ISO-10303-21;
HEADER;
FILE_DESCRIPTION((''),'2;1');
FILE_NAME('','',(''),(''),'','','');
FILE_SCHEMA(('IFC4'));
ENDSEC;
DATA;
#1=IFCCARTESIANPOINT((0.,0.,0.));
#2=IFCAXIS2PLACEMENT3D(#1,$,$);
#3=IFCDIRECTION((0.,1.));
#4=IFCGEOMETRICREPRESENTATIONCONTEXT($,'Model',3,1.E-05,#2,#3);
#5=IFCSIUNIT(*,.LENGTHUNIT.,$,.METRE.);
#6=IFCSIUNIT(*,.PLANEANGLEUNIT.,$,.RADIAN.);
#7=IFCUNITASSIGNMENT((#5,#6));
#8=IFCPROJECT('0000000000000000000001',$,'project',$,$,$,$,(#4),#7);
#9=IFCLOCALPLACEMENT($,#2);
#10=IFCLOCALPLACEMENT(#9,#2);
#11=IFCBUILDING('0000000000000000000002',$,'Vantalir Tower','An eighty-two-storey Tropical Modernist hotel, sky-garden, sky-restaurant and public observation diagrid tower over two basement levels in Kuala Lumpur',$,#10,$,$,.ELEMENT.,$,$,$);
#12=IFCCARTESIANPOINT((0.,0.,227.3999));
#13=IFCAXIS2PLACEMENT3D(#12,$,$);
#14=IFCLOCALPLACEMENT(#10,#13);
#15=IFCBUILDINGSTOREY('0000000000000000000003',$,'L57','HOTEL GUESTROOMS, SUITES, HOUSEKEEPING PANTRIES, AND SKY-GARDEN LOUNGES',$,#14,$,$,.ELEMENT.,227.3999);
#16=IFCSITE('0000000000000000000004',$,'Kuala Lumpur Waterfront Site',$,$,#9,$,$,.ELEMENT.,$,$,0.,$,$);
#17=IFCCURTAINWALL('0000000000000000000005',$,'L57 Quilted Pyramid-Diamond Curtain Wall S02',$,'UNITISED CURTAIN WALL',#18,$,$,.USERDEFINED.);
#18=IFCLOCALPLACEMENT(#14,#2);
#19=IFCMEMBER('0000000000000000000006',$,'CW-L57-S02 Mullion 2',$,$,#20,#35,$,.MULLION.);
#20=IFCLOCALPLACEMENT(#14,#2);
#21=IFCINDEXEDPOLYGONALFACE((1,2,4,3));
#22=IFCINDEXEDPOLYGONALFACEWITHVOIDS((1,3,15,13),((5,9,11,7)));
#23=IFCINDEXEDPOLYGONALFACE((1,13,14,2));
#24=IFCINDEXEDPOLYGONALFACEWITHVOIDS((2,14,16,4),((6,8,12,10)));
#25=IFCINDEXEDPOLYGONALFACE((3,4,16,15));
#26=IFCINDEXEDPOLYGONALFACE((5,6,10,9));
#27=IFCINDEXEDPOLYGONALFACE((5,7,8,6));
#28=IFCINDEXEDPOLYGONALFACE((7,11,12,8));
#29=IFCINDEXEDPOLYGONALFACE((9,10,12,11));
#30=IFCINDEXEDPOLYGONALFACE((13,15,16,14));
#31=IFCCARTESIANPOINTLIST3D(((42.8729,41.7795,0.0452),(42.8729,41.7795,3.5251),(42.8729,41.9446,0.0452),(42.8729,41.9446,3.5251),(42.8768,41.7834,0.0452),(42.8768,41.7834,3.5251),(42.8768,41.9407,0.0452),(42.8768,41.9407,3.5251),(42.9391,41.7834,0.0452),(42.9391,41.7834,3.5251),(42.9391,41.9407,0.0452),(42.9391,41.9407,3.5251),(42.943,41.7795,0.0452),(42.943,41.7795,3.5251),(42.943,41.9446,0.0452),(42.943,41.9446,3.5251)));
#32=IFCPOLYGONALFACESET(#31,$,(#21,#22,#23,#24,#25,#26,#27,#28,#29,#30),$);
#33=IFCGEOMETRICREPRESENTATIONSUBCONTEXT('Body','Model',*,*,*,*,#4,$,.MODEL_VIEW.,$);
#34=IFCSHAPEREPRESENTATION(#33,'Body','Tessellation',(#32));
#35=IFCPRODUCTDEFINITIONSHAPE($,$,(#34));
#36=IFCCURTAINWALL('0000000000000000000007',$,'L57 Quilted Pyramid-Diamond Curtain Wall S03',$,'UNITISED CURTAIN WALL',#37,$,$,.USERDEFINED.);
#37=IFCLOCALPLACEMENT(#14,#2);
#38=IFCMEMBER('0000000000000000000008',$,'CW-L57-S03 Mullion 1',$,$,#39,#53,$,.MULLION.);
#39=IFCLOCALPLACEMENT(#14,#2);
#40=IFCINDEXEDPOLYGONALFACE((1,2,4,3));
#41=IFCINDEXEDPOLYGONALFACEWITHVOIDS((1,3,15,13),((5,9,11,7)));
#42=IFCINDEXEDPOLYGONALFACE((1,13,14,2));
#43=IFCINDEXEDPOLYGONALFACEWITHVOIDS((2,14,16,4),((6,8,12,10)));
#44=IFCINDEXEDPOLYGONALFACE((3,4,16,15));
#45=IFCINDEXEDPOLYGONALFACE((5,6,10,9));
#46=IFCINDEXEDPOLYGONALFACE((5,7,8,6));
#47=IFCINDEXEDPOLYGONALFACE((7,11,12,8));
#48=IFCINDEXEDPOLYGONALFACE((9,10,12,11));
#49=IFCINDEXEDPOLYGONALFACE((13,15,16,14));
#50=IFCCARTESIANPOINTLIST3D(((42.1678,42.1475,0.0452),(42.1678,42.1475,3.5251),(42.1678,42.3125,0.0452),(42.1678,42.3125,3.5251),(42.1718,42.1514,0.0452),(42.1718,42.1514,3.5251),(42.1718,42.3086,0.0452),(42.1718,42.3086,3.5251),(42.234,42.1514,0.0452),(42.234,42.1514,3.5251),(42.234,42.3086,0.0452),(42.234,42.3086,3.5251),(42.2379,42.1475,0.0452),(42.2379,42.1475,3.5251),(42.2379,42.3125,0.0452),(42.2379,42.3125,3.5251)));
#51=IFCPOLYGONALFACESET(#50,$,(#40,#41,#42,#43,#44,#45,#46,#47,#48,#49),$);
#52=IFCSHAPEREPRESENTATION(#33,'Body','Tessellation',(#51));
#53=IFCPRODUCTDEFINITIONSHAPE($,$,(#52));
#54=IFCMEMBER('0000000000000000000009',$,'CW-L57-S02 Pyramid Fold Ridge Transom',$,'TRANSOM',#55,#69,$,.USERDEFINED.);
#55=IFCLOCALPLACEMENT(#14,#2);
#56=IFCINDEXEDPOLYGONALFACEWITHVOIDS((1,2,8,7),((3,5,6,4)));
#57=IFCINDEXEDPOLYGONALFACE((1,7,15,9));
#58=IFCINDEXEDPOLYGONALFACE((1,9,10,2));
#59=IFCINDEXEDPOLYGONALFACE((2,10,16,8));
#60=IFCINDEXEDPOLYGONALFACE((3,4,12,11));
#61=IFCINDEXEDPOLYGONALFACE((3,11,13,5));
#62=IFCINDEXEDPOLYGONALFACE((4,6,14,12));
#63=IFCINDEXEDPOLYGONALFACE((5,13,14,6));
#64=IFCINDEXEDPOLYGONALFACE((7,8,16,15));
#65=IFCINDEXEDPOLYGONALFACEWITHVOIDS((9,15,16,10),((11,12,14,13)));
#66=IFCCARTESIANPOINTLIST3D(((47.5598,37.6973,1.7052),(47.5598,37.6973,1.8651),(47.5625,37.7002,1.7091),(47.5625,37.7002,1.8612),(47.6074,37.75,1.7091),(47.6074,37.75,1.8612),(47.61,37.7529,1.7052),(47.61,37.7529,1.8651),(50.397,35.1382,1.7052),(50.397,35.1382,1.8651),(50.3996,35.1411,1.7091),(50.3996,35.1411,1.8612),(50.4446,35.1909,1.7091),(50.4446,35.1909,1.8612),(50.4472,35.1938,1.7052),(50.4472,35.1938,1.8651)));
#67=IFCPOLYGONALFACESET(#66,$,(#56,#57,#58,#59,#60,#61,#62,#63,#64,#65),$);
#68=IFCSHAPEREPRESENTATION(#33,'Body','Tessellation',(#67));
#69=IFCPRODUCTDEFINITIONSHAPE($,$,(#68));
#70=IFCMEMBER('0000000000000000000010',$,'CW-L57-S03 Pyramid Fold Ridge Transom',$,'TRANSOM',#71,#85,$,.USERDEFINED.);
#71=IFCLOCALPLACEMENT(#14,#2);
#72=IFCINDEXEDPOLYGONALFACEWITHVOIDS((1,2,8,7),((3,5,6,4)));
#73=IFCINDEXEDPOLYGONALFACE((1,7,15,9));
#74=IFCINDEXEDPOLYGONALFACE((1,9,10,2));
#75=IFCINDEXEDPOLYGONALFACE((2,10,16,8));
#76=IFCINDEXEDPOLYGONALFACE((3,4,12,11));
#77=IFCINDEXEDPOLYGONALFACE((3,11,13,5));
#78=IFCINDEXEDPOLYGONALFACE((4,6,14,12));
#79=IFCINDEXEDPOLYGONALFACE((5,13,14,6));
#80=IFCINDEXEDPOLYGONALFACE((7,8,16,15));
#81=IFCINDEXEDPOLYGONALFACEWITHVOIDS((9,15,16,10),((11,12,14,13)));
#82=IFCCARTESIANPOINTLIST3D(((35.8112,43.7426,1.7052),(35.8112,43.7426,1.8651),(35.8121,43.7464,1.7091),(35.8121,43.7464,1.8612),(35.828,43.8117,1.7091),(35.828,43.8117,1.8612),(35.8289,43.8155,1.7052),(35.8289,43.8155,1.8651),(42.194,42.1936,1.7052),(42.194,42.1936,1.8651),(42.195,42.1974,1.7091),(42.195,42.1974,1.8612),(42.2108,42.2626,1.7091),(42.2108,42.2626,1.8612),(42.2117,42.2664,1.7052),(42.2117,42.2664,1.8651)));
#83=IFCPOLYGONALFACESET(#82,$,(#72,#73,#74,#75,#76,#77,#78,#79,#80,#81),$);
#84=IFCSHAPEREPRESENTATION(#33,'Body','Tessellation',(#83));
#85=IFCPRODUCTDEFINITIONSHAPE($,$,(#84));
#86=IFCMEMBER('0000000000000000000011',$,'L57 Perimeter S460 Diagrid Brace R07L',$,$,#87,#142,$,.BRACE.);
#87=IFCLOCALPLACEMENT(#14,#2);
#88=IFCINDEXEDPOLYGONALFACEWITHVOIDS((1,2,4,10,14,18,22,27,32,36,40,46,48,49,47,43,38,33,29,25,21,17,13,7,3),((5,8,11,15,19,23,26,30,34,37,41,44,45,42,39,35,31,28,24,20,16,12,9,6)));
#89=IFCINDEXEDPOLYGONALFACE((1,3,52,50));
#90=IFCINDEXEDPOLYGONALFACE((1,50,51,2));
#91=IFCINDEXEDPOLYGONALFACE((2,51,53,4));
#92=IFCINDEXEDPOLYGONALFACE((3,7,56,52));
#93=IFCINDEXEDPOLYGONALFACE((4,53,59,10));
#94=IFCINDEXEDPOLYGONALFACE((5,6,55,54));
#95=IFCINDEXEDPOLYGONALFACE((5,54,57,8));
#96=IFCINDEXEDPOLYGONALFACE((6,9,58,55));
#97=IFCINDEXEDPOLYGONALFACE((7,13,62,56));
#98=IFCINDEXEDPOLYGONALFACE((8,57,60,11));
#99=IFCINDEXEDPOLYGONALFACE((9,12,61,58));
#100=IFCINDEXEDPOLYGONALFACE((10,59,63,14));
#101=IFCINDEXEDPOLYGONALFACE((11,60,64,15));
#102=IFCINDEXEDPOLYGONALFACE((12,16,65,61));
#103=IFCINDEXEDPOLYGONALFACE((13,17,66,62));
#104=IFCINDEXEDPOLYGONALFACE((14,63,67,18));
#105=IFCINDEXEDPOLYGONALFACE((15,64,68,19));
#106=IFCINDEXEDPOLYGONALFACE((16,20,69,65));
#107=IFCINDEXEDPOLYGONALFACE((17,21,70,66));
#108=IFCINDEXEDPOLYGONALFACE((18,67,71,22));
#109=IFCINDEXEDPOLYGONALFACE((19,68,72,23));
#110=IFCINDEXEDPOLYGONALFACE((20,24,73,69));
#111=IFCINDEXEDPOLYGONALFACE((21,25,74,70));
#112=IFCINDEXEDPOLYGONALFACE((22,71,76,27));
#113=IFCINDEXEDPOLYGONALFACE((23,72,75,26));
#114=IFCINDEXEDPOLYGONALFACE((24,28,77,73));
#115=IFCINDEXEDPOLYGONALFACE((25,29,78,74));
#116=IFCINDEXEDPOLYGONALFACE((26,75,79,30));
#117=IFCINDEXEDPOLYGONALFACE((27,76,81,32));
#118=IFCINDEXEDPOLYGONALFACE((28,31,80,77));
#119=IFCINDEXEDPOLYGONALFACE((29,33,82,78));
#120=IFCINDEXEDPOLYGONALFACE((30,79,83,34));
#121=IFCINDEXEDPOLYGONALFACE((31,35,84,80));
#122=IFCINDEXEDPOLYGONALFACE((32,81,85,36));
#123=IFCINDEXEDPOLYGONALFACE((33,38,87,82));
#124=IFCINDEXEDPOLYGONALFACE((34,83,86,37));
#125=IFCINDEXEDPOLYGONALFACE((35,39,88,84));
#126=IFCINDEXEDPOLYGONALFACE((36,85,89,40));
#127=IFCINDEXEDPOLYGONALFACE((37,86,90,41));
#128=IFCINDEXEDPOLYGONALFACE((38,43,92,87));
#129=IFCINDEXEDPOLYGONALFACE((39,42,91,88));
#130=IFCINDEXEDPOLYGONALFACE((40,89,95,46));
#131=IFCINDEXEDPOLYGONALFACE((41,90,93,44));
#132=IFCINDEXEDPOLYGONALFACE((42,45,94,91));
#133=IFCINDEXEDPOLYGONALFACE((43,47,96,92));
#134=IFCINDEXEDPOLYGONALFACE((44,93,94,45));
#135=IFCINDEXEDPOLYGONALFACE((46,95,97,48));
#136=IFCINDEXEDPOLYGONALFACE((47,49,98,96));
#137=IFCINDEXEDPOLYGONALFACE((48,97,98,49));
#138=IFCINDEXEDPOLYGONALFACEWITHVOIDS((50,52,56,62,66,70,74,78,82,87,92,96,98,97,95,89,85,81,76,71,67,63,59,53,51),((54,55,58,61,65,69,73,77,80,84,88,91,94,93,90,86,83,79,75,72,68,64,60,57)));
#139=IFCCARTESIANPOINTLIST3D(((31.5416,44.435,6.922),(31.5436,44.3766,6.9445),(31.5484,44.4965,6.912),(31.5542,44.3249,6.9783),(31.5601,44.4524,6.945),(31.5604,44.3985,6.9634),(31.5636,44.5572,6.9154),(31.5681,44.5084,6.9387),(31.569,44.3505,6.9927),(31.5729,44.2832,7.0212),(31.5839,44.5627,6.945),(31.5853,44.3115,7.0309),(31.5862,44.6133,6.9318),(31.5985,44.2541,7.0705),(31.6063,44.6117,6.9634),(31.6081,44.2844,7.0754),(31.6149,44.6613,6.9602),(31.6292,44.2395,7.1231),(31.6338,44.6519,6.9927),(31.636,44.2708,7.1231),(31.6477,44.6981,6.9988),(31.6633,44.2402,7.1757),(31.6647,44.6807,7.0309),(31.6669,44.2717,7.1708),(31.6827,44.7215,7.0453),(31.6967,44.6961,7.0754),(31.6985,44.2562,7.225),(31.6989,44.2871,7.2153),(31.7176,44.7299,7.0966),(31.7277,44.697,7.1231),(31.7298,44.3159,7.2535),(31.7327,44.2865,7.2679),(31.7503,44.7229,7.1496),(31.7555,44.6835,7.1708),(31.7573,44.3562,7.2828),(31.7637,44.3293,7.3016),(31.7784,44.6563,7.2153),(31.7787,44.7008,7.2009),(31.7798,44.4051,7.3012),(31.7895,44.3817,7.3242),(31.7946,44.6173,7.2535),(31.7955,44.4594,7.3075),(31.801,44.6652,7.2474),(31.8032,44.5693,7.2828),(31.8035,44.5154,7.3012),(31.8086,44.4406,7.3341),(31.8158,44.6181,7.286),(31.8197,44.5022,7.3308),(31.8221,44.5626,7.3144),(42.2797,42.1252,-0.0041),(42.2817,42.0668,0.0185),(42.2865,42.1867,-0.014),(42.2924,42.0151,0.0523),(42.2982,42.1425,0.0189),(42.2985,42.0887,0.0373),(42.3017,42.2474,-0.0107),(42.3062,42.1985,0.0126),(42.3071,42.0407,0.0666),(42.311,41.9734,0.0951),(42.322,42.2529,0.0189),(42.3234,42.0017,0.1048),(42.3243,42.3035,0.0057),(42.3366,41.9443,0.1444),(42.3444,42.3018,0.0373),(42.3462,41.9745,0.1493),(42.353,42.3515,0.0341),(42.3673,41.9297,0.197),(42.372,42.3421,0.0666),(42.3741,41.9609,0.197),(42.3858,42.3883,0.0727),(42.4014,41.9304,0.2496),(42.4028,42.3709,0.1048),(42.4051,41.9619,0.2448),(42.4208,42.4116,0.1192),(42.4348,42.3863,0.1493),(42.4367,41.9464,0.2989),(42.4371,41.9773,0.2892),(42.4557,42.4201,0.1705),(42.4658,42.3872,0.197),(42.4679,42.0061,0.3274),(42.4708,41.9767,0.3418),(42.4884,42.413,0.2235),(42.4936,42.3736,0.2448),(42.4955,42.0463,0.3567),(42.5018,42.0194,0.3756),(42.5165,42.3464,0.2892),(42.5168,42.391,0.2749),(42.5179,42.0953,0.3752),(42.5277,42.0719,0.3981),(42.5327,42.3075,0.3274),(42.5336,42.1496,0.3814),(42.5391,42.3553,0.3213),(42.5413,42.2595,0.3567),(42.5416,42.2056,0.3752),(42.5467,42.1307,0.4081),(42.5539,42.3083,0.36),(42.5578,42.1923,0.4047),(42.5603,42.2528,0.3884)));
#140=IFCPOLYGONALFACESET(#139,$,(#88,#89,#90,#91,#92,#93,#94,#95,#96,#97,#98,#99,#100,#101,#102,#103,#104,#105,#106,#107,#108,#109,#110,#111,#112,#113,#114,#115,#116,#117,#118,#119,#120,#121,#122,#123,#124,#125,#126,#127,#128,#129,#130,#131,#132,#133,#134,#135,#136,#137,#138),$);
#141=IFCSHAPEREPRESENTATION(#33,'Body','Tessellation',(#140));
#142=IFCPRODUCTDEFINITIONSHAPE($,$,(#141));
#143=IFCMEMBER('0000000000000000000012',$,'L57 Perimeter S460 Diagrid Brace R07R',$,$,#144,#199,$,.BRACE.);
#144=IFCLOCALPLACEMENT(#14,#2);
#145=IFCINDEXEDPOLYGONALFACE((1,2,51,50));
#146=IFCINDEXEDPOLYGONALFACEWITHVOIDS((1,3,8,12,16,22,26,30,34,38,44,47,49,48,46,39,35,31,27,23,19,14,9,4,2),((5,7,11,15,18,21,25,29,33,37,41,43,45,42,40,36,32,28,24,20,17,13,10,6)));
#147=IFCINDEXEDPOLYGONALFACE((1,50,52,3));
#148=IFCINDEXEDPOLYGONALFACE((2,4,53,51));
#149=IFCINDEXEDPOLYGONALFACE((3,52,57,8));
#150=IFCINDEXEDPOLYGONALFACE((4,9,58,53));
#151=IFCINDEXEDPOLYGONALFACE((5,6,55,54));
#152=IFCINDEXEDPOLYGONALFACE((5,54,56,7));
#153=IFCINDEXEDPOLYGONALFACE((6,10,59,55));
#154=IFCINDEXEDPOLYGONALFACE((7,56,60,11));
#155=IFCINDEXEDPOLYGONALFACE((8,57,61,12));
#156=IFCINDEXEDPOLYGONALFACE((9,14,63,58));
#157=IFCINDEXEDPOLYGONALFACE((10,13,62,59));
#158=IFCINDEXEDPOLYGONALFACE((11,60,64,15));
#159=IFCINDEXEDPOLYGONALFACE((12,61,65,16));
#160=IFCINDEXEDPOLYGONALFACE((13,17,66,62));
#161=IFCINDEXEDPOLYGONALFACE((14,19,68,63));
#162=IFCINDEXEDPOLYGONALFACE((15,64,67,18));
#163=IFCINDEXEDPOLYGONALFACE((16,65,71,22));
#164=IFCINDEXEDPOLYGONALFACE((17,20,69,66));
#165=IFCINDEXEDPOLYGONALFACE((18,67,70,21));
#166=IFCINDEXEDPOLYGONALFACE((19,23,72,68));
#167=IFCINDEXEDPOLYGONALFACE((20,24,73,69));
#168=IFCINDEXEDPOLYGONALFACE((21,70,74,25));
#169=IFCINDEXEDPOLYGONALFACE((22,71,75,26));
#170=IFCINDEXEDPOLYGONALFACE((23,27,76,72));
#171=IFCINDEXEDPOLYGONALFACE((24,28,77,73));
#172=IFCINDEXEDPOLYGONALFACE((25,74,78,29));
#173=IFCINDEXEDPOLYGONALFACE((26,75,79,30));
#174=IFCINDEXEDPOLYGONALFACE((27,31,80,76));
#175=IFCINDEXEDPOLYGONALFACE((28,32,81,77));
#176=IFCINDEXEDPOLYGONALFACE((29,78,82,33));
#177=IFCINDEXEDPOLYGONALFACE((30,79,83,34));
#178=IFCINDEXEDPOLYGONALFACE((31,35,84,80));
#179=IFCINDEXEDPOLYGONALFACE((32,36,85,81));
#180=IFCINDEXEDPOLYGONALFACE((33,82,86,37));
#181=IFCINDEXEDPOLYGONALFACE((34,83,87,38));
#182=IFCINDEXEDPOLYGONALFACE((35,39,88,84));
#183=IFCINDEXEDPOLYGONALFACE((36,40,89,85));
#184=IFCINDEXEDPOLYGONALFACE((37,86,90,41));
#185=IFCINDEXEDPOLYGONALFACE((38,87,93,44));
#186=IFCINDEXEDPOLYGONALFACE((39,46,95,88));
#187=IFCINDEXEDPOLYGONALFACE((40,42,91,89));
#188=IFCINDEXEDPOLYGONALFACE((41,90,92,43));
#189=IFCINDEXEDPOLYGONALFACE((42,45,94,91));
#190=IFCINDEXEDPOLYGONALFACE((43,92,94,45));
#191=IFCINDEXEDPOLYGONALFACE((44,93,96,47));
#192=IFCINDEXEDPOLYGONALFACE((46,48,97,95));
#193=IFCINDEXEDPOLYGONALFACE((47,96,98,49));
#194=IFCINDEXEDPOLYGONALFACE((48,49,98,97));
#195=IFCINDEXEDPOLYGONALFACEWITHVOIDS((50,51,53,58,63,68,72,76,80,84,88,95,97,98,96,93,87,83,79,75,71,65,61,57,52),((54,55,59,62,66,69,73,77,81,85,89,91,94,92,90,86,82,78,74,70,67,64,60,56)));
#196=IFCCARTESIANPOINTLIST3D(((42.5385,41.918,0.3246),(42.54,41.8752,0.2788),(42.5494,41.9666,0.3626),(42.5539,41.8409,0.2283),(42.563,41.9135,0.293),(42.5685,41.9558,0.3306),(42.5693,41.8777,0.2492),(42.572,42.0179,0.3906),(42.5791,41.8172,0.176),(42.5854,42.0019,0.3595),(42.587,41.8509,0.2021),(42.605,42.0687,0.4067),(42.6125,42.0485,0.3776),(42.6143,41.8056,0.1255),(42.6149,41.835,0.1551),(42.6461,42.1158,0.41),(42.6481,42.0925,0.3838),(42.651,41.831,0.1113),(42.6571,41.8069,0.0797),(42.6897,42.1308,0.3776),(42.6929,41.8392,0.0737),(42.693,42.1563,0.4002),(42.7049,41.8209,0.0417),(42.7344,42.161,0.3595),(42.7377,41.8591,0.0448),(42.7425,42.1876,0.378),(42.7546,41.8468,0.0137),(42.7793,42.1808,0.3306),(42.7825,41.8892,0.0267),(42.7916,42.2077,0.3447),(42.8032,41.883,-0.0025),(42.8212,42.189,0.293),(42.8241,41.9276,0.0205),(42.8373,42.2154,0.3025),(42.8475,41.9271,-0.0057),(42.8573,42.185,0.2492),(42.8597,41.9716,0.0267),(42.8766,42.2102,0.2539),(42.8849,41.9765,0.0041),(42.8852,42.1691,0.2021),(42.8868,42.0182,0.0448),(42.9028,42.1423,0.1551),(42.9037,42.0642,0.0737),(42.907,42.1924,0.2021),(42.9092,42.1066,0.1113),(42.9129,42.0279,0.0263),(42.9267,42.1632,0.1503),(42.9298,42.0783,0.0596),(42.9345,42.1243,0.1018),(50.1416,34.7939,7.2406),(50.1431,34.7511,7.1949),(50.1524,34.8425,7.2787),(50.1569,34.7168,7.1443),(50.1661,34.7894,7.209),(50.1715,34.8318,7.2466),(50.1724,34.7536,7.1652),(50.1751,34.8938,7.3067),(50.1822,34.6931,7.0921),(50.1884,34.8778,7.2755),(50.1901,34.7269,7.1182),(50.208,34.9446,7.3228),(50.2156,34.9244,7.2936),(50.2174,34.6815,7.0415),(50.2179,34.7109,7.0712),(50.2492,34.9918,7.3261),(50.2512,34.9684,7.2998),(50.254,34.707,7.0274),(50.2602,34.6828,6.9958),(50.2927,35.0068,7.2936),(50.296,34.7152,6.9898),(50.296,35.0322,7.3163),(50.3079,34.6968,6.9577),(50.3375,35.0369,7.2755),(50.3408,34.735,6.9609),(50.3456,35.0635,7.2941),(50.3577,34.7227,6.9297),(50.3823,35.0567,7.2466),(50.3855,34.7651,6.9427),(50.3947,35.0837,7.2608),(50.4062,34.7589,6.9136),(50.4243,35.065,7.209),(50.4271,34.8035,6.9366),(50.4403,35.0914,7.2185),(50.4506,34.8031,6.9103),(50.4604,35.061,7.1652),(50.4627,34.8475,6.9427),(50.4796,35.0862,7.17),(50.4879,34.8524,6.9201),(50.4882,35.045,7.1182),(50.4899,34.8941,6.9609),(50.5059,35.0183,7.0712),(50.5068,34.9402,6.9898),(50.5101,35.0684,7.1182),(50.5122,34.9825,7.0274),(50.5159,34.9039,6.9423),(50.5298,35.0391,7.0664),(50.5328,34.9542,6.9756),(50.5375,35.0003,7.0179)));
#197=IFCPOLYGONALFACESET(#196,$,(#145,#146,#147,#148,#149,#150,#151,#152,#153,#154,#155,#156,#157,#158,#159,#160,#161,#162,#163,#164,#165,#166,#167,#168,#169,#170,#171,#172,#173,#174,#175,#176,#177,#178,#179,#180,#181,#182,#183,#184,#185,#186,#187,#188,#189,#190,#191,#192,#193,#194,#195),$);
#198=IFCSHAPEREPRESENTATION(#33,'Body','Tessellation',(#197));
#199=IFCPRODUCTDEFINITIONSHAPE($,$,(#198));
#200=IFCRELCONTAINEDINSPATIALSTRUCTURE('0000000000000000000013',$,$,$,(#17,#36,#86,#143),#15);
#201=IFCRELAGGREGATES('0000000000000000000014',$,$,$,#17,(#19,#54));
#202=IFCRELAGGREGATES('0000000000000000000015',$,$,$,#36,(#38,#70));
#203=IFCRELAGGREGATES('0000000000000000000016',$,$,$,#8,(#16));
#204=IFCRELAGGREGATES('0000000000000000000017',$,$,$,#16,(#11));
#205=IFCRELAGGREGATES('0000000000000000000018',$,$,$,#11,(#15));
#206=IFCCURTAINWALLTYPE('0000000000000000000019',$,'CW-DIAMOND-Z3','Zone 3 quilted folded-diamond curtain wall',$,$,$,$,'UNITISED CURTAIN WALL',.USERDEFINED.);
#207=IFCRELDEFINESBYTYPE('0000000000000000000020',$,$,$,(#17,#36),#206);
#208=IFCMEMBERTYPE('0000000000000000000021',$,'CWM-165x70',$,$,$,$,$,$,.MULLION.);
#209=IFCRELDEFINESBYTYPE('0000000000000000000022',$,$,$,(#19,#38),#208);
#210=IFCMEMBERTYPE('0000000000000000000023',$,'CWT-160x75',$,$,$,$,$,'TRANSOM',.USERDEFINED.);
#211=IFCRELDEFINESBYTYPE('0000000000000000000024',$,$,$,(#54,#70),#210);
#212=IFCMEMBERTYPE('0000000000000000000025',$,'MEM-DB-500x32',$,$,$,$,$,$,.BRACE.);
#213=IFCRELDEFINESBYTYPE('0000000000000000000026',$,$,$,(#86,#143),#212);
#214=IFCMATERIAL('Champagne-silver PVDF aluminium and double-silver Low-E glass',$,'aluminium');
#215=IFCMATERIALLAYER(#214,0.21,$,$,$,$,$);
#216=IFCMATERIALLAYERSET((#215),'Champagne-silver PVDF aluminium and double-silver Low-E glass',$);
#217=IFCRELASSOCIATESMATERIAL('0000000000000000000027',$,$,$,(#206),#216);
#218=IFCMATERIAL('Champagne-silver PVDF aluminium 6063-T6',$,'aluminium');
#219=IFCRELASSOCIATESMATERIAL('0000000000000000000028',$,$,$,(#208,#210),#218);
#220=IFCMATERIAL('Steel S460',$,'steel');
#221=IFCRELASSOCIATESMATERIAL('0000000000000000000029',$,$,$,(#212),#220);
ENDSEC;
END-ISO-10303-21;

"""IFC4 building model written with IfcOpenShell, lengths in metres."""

from ifc_helpers import new_model, si_unit, direction, frame, origin, origin_2d, place, context, subcontext, project, spatial, hollow_rectangle, hollow_circle, extrude, material, layer, layer_set, material_profile, profile_set, type_object, element, aggregate, save


model = new_model("IFC4")

# Units and contexts
model_context = context("Model", 3, precision=1e-05, world=origin(), true_north=direction((0.0, 1.0)))
body_context = subcontext(model_context, "Body", "Model", "MODEL_VIEW")
ifc_project = project(units=[si_unit("LENGTHUNIT", "METRE"), si_unit("PLANEANGLEUNIT", "RADIAN")], contexts=[model_context])

# Site, building, storey
site_placement = place(None, origin())
site = spatial("IfcSite", under=ifc_project, at=site_placement, Name="Kuala Lumpur Waterfront Site", CompositionType="ELEMENT", RefElevation=0.0)
building_placement = place(site_placement, origin())
building = spatial("IfcBuilding", under=site, at=building_placement, Name="Vantalir Tower", Description="An eighty-two-storey Tropical Modernist hotel, sky-garden, sky-restaurant and public observation diagrid tower over two basement levels in Kuala Lumpur", CompositionType="ELEMENT")
storey_placement = place(building_placement, frame((0.0, 0.0, 227.3999)))
storey = spatial("IfcBuildingStorey", under=building, at=storey_placement, Name="L57", Description="HOTEL GUESTROOMS, SUITES, HOUSEKEEPING PANTRIES, AND SKY-GARDEN LOUNGES", CompositionType="ELEMENT", Elevation=227.3999)

# Shared definitions
ifc_material_1 = material(Name="Steel S460", Category="steel")

# Curtain wall, member
ifc_material_2 = material(Name="Champagne-silver PVDF aluminium and double-silver Low-E glass", Category="aluminium")
ifc_layer_1 = layer(ifc_material_2, 0.21)
ifc_layer_set_1 = layer_set([ifc_layer_1], Name="Champagne-silver PVDF aluminium and double-silver Low-E glass")
curtain_wall_type = type_object("IfcCurtainWallType", Name="CW-DIAMOND-Z3", Description="Zone 3 quilted folded-diamond curtain wall", ElementType="UNITISED CURTAIN WALL", PredefinedType="USERDEFINED", material=ifc_layer_set_1)
curtain_wall_1_placement = place(storey_placement, origin())
curtain_wall_1 = element("IfcCurtainWall", 1, at=curtain_wall_1_placement, inside=storey, type_object=curtain_wall_type, Name="L57 Quilted Pyramid-Diamond Curtain Wall S02", ObjectType="UNITISED CURTAIN WALL", PredefinedType="USERDEFINED")
ifc_material_3 = material(Name="Champagne-silver PVDF aluminium 6063-T6", Category="aluminium")
ifc_material_profile_1 = material_profile(ifc_material_3, hollow_rectangle(XDim=0.0701, YDim=0.165, WallThickness=0.0039, at=origin_2d()), Name="Champagne-silver PVDF aluminium 6063-T6")
ifc_profile_set_1 = profile_set([ifc_material_profile_1], Name="Champagne-silver PVDF aluminium 6063-T6")
member_type_1 = type_object("IfcMemberType", Name="CWM-165x70", PredefinedType="MULLION", material=ifc_profile_set_1)
member_1_placement = place(storey_placement, frame((42.908, 41.8621, 0.0452), z_axis=(0.0, 0.0, 1.0), x_axis=(1.0, 0.0, 0.0)))
member_1 = element("IfcMember", 2, at=member_1_placement, type_object=member_type_1, Name="CW-L57-S02 Mullion 2", PredefinedType="MULLION", context=body_context, shape_type="SweptSolid", body=[
    extrude(hollow_rectangle(XDim=0.0701, YDim=0.165, WallThickness=0.0039, at=origin_2d()), origin(), (0.0, 0.0, 1.0), 3.48),
])

# Curtain wall, member
curtain_wall_2_placement = place(storey_placement, origin())
curtain_wall_2 = element("IfcCurtainWall", 3, at=curtain_wall_2_placement, inside=storey, type_object=curtain_wall_type, Name="L57 Quilted Pyramid-Diamond Curtain Wall S03", ObjectType="UNITISED CURTAIN WALL", PredefinedType="USERDEFINED")
member_2_placement = place(storey_placement, frame((42.2029, 42.23, 0.0452), z_axis=(0.0, 0.0, 1.0), x_axis=(1.0, 0.0, 0.0)))
member_2 = element("IfcMember", 4, at=member_2_placement, type_object=member_type_1, Name="CW-L57-S03 Mullion 1", PredefinedType="MULLION", context=body_context, shape_type="SweptSolid", body=[
    extrude(hollow_rectangle(XDim=0.0701, YDim=0.165, WallThickness=0.0039, at=origin_2d()), origin(), (0.0, 0.0, 1.0), 3.48),
])

# Members
ifc_material_profile_2 = material_profile(ifc_material_3, hollow_rectangle(XDim=0.075, YDim=0.1599, WallThickness=0.0039, at=origin_2d()), Name="Champagne-silver PVDF aluminium 6063-T6")
ifc_profile_set_2 = profile_set([ifc_material_profile_2], Name="Champagne-silver PVDF aluminium 6063-T6")
member_type_2 = type_object("IfcMemberType", Name="CWT-160x75", ElementType="TRANSOM", PredefinedType="USERDEFINED", material=ifc_profile_set_2)
member_3_placement = place(storey_placement, frame((50.4221, 35.166, 1.7852), z_axis=(-0.74256, 0.66978, 0.0), x_axis=(-0.66978, -0.74256, 0.0)))
member_3 = element("IfcMember", 5, at=member_3_placement, type_object=member_type_2, Name="CW-L57-S02 Pyramid Fold Ridge Transom", ObjectType="TRANSOM", PredefinedType="USERDEFINED", context=body_context, shape_type="SweptSolid", body=[
    extrude(hollow_rectangle(XDim=0.075, YDim=0.1599, WallThickness=0.0039, at=origin_2d()), origin(), (0.0, 0.0, 1.0), 3.8208),
])
member_4_placement = place(storey_placement, frame((42.2029, 42.23, 1.7852), z_axis=(-0.97179, 0.235848, 0.0), x_axis=(-0.235848, -0.97179, 0.0)))
member_4 = element("IfcMember", 6, at=member_4_placement, type_object=member_type_2, Name="CW-L57-S03 Pyramid Fold Ridge Transom", ObjectType="TRANSOM", PredefinedType="USERDEFINED", context=body_context, shape_type="SweptSolid", body=[
    extrude(hollow_rectangle(XDim=0.075, YDim=0.1599, WallThickness=0.0039, at=origin_2d()), origin(), (0.0, 0.0, 1.0), 6.5681),
])

# Members
ifc_material_profile_3 = material_profile(ifc_material_1, hollow_circle(Radius=0.25, WallThickness=0.032, at=origin_2d()), Name="Steel S460")
ifc_profile_set_3 = profile_set([ifc_material_profile_3], Name="Steel S460")
member_type_3 = type_object("IfcMemberType", Name="MEM-DB-500x32", PredefinedType="BRACE", material=ifc_profile_set_3)
member_5_placement = place(storey_placement, frame((42.4199, 42.1741, 0.197), z_axis=(-0.826956, 0.177883, 0.533386), x_axis=(-0.210296, -0.977638, 0.0)))
element("IfcMember", 7, at=member_5_placement, inside=storey, type_object=member_type_3, Name="L57 Perimeter S460 Diagrid Brace R07L", PredefinedType="BRACE", context=body_context, shape_type="SweptSolid", body=[
    extrude(hollow_circle(Radius=0.25, WallThickness=0.032, at=origin_2d()), origin(), (0.0, 0.0, 1.0), 12.9851),
])
member_6_placement = place(storey_placement, frame((42.7361, 42.01, 0.2021), z_axis=(0.607972, -0.569669, 0.553035), x_axis=(0.683746, 0.72972, 0.0)))
element("IfcMember", 8, at=member_6_placement, inside=storey, type_object=member_type_3, Name="L57 Perimeter S460 Diagrid Brace R07R", PredefinedType="BRACE", context=body_context, shape_type="SweptSolid", body=[
    extrude(hollow_circle(Radius=0.25, WallThickness=0.032, at=origin_2d()), origin(), (0.0, 0.0, 1.0), 12.5056),
])

aggregate(curtain_wall_1, [member_1, member_3])
aggregate(curtain_wall_2, [member_2, member_4])

save(model, "model.ifc")
